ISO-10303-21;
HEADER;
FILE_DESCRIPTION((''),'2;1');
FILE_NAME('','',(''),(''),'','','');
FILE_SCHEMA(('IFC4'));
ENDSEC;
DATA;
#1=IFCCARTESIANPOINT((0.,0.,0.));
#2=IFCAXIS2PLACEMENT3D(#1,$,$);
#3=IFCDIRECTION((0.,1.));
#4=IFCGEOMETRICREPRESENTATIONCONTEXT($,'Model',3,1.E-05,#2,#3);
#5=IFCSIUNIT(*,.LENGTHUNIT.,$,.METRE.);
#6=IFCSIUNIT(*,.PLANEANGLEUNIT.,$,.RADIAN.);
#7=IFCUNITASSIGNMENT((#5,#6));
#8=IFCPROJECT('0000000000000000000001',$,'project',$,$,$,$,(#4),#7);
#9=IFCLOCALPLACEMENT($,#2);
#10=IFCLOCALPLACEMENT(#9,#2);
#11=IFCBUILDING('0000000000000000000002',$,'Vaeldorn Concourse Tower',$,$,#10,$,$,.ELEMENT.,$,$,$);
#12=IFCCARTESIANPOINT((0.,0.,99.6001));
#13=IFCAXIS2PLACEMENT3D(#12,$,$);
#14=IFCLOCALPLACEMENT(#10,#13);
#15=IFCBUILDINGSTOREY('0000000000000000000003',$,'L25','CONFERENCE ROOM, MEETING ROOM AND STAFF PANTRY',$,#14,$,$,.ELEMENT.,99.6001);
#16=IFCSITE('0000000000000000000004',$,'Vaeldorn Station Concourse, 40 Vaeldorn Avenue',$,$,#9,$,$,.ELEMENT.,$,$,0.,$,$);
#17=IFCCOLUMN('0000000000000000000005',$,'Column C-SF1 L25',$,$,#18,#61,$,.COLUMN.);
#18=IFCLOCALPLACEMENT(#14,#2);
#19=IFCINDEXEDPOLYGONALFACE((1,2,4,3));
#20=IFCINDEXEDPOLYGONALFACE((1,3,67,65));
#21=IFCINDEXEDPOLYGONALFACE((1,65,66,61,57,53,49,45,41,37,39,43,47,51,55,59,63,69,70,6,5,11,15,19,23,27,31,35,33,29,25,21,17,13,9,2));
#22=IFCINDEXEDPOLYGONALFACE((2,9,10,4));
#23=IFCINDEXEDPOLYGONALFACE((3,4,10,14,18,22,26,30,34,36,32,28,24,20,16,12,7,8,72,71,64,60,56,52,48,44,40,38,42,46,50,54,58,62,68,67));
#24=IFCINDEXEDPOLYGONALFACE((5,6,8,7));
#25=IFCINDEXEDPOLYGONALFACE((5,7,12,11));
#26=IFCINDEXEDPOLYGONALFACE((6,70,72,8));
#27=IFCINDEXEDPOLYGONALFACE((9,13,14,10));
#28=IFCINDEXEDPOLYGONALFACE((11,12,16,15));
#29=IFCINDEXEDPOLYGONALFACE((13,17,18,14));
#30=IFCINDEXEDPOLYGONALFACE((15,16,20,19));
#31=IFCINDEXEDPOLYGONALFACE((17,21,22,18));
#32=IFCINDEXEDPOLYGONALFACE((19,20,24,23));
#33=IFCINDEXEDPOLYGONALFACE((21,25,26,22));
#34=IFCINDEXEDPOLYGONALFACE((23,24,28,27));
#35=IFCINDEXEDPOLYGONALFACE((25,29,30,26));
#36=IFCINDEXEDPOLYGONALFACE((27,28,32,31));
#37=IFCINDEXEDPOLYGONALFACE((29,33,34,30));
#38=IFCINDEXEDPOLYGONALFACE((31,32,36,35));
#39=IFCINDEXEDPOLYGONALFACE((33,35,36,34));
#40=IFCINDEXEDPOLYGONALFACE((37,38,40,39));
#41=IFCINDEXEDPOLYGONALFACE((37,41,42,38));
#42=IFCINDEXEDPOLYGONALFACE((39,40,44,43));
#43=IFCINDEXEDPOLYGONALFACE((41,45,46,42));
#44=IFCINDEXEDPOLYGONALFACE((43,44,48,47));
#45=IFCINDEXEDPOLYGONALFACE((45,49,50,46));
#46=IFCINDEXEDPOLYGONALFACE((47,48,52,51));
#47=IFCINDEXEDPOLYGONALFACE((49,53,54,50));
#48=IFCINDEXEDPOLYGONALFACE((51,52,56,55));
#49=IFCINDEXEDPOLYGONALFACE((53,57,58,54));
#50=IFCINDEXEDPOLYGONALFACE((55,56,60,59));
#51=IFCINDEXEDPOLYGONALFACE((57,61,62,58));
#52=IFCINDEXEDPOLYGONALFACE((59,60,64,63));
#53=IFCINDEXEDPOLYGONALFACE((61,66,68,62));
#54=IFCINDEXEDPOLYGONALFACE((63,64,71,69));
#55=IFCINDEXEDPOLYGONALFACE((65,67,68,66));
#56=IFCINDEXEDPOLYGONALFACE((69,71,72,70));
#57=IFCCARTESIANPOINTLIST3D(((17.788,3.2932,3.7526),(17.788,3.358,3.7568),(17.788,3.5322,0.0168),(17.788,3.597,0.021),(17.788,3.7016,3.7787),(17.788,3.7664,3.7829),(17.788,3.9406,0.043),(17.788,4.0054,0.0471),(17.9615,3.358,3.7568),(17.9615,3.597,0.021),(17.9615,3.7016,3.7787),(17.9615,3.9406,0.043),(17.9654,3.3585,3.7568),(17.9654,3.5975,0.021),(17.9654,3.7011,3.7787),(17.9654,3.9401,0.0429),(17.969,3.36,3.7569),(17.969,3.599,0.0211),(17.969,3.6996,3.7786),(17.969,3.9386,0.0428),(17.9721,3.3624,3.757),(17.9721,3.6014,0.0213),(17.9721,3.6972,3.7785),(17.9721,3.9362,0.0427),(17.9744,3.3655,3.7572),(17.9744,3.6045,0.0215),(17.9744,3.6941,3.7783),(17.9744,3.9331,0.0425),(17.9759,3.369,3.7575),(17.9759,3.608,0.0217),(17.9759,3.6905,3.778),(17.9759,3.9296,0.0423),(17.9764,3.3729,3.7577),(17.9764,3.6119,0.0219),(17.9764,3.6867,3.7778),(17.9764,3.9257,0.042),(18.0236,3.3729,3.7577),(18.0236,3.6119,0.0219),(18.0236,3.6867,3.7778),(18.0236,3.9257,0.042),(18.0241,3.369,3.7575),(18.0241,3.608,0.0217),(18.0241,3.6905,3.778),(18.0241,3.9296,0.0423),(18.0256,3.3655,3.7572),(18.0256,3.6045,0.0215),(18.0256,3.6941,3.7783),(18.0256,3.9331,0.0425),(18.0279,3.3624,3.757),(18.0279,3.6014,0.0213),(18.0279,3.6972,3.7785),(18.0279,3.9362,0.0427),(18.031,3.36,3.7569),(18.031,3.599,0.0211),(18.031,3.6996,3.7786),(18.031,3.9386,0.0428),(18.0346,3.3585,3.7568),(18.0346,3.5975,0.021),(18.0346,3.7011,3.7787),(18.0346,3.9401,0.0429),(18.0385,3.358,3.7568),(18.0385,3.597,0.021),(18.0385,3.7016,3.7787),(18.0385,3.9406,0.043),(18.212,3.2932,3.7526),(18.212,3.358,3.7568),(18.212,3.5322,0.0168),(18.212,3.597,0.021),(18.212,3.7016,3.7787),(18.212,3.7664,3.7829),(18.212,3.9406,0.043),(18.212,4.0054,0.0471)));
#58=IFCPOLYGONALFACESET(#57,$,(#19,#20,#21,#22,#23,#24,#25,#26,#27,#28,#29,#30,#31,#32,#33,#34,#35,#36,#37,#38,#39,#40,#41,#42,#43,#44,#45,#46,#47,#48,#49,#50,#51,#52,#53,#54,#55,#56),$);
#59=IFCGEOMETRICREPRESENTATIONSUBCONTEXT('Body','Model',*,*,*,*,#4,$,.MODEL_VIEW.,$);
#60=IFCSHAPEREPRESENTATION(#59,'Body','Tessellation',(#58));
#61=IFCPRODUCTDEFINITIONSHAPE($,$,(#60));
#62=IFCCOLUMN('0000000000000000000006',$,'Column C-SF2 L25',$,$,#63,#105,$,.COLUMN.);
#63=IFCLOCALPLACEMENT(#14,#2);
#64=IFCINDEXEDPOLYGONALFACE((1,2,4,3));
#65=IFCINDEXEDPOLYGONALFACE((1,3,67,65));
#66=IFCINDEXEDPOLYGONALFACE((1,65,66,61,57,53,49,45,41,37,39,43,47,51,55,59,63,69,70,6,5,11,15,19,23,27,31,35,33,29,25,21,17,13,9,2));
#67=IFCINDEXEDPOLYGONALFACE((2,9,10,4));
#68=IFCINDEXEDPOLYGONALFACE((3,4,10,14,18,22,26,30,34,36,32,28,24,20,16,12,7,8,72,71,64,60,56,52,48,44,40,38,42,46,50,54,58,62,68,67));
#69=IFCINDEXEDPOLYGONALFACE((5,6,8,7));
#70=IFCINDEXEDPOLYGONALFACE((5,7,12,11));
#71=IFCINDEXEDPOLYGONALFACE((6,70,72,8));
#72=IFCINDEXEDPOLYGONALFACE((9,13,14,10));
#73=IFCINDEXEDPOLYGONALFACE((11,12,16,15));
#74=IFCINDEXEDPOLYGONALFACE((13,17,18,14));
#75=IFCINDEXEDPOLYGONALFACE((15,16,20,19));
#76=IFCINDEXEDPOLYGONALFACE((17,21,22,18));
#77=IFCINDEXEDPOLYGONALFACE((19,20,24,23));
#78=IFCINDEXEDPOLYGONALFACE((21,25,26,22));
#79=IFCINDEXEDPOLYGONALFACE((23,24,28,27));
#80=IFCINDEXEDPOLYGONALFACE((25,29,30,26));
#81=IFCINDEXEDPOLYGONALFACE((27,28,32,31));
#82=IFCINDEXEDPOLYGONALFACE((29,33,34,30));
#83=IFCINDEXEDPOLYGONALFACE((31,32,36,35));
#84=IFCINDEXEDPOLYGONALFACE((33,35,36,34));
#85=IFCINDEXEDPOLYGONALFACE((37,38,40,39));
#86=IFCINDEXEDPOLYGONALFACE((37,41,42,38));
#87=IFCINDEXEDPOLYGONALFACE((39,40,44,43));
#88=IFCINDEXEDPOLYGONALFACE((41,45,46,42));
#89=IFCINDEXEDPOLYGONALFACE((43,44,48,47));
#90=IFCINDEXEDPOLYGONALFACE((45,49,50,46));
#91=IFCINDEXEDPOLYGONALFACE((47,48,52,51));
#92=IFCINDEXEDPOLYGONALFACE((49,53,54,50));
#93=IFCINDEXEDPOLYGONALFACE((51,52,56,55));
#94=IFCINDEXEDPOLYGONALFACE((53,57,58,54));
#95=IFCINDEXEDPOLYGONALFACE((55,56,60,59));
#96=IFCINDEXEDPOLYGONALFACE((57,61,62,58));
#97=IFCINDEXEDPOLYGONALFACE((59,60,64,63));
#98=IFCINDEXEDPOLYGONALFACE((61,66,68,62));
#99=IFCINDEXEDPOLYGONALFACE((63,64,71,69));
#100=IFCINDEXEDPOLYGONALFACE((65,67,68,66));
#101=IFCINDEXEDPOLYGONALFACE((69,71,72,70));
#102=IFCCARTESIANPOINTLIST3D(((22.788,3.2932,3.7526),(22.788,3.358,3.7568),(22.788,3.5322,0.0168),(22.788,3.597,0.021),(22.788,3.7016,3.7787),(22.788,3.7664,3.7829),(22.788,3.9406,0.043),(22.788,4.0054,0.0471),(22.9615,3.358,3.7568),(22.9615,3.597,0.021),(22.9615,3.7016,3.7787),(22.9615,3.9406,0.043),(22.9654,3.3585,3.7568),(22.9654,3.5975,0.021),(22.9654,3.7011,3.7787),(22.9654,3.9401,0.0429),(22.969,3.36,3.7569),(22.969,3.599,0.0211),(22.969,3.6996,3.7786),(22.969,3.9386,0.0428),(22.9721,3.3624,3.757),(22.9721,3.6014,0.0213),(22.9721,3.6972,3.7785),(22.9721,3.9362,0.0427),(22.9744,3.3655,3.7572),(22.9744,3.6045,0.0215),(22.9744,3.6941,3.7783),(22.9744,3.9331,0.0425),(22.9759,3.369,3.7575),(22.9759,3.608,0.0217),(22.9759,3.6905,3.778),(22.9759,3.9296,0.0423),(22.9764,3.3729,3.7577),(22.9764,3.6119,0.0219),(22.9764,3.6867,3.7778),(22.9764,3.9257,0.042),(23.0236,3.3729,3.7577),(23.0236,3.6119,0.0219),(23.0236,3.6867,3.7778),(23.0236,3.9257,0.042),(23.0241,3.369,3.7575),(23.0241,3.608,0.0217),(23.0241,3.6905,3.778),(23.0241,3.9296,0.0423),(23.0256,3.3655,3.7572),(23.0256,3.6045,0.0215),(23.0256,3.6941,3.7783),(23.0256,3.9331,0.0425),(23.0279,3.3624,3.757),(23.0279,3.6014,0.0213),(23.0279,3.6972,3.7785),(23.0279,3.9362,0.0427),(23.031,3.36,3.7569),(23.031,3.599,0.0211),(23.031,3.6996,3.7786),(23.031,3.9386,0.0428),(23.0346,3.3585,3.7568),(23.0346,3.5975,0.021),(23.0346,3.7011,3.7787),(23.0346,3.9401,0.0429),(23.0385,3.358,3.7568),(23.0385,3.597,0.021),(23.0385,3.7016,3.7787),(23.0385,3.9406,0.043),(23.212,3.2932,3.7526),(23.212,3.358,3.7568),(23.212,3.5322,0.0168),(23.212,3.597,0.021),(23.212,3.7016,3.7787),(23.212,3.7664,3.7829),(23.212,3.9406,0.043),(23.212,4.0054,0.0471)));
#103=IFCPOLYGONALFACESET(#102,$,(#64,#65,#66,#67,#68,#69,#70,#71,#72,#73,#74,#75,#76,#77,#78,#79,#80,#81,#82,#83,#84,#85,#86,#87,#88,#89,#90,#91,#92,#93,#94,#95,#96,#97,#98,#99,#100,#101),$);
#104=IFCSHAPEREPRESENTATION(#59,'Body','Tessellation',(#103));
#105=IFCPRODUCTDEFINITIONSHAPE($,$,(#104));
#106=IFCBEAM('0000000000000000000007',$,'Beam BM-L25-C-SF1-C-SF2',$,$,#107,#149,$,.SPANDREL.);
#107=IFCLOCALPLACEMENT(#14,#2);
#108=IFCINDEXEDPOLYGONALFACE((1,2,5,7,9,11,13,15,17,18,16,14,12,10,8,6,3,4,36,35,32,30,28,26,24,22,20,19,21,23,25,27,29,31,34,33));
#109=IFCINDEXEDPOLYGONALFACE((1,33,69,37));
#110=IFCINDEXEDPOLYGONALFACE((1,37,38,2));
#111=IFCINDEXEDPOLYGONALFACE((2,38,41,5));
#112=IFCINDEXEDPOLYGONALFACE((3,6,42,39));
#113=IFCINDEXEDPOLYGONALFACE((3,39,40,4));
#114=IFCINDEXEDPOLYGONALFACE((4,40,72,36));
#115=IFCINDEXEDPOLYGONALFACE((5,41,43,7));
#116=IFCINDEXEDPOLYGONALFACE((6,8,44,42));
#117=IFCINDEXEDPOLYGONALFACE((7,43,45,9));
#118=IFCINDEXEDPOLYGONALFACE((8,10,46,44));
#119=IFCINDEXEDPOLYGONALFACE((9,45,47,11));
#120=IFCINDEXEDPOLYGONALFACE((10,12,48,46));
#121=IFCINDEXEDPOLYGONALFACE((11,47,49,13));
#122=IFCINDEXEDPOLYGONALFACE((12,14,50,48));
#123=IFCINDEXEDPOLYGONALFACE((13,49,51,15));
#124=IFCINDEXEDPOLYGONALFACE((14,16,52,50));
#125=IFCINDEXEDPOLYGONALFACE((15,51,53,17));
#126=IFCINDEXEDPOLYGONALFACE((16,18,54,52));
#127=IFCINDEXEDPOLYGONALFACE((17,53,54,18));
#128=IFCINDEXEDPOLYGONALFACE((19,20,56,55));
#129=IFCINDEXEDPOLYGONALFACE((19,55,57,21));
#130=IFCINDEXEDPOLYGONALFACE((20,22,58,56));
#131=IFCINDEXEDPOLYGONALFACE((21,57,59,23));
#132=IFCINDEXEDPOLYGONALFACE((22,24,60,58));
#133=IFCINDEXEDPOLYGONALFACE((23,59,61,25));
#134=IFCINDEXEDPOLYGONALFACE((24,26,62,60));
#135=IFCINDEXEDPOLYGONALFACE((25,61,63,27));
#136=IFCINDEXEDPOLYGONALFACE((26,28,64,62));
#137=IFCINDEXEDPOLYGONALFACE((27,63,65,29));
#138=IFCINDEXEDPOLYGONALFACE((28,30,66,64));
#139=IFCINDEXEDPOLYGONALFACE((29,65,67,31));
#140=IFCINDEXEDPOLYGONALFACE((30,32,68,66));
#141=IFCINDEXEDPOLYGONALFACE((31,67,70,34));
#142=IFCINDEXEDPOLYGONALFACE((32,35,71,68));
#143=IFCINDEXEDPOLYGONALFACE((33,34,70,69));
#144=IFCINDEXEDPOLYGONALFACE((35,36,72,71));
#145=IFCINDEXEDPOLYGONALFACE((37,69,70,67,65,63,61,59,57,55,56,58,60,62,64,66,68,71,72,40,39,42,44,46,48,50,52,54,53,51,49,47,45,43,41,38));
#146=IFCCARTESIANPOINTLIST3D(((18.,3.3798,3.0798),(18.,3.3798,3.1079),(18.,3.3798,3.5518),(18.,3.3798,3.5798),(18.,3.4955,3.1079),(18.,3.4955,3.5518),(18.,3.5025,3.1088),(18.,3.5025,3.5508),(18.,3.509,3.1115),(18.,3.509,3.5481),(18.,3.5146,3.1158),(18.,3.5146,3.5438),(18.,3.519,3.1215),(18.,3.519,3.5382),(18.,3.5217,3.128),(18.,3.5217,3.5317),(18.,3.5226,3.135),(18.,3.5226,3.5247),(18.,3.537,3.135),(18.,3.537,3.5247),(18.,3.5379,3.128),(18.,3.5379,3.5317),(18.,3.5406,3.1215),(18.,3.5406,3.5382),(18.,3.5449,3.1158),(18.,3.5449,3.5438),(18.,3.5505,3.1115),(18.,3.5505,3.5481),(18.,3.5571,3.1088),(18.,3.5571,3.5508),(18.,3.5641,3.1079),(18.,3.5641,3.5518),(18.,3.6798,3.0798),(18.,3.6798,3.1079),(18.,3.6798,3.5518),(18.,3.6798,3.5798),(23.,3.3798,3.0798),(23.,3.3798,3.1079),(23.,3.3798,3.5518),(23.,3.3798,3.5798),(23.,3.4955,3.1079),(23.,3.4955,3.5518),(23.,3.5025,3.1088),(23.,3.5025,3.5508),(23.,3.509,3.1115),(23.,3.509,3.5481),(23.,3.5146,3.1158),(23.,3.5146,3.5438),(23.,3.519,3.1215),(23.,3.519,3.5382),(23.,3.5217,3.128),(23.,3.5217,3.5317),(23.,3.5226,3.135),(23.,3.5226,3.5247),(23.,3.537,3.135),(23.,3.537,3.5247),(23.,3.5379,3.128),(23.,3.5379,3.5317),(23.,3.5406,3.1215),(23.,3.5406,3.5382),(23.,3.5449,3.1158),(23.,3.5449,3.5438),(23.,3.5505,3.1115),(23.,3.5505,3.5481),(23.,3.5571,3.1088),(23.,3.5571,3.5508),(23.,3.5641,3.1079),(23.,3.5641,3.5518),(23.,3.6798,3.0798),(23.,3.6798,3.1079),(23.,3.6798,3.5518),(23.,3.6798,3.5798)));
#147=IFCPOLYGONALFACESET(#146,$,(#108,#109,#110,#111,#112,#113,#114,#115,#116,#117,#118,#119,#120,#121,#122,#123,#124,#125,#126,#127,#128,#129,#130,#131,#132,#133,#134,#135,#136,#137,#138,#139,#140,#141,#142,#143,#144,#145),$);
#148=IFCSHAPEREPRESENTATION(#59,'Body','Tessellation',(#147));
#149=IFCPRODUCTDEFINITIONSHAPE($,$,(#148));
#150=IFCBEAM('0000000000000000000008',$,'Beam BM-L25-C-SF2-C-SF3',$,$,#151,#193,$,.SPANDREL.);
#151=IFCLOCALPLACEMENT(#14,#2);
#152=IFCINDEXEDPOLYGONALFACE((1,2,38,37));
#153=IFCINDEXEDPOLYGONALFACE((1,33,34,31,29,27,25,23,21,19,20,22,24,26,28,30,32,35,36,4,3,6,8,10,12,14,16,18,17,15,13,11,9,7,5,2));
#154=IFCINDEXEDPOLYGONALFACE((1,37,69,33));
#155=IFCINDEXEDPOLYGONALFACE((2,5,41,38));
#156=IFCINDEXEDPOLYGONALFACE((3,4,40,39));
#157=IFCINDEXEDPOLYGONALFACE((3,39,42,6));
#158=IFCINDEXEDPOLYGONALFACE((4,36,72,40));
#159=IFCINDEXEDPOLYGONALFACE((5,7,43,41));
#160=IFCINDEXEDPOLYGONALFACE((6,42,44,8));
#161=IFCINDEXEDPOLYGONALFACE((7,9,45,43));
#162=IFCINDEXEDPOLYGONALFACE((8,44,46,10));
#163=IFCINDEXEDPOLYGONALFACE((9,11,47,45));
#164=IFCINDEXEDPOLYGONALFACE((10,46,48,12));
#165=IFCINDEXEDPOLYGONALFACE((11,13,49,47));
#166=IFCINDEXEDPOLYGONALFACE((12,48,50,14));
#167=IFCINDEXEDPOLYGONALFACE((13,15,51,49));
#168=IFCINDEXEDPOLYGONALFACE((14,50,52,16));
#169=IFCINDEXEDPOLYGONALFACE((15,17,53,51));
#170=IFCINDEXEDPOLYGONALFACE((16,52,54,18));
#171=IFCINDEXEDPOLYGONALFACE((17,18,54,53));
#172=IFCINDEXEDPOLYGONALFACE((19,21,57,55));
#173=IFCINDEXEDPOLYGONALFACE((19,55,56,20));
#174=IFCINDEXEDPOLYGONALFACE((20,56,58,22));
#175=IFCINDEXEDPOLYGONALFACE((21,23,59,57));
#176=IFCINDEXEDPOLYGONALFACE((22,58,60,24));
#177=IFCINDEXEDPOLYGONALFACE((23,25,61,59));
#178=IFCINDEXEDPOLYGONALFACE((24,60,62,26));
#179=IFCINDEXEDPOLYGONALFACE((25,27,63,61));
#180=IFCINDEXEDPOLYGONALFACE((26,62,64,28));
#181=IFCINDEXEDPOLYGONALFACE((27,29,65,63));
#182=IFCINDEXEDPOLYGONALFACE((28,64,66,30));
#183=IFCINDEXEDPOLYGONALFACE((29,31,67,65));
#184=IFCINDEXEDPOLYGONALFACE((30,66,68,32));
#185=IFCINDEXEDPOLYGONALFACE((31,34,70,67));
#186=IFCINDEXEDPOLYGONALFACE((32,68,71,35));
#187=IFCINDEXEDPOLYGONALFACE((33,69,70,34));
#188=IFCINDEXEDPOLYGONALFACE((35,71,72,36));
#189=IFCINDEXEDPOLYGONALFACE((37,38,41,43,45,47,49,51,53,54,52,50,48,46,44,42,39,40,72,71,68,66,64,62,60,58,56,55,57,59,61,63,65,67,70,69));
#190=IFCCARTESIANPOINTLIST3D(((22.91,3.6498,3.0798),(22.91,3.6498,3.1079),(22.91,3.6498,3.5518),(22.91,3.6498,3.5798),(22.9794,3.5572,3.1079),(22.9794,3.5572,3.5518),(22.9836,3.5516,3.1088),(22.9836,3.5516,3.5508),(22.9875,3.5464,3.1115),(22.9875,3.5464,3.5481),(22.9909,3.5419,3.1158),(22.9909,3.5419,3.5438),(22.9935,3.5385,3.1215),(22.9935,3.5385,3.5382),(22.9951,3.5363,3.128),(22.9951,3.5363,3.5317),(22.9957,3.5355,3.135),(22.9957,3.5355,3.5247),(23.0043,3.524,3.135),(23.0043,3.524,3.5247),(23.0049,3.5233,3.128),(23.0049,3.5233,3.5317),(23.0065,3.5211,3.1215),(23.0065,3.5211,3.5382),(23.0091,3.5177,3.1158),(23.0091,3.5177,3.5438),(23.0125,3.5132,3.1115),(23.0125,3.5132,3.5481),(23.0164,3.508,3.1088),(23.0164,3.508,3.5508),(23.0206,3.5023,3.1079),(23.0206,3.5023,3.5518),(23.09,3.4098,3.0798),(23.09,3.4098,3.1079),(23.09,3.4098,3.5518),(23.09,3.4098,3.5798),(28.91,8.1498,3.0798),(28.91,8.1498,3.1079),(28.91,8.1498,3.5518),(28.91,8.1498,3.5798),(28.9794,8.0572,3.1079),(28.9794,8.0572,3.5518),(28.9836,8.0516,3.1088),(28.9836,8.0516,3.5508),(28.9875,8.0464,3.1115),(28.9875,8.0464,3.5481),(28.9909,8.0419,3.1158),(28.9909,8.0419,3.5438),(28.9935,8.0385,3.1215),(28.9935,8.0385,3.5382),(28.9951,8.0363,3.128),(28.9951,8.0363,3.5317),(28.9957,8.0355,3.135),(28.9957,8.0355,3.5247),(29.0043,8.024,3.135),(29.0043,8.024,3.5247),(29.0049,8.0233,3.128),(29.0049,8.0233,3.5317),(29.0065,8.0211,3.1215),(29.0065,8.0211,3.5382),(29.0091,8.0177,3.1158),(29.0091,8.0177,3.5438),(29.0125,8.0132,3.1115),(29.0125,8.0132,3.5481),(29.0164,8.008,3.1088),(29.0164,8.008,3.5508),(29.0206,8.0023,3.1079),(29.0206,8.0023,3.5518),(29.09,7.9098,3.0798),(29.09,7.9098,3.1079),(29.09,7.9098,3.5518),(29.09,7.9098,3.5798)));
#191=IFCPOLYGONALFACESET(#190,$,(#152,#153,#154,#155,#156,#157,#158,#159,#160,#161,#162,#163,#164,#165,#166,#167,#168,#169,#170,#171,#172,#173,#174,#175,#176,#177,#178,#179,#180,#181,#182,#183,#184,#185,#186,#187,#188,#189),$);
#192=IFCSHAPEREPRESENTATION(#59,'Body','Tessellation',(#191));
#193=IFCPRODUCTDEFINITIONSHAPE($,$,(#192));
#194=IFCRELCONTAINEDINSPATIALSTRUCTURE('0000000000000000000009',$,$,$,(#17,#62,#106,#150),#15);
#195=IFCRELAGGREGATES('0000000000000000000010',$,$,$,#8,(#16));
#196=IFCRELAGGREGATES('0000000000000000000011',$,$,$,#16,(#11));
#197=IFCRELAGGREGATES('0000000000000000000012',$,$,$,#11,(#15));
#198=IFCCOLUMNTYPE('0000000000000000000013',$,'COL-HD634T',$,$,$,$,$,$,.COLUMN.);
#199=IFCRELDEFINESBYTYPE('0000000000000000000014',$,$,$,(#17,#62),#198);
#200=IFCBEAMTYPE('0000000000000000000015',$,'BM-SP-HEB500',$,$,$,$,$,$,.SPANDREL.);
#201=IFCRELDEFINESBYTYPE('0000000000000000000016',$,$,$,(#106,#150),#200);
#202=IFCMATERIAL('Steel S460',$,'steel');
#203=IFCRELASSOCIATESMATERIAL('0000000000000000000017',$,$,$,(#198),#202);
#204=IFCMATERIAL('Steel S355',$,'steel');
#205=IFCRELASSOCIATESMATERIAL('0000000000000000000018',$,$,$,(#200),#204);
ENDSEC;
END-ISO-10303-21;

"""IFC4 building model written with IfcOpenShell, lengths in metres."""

from ifc_helpers import new_model, si_unit, direction, frame, origin, origin_2d, place, context, subcontext, project, spatial, i_section, extrude, source, transform, mapped, material, material_profile, profile_set, type_object, element, save


model = new_model("IFC4")

# Units and contexts
model_context = context("Model", 3, precision=1e-05, world=origin(), true_north=direction((0.0, 1.0)))
body_context = subcontext(model_context, "Body", "Model", "MODEL_VIEW")
ifc_project = project(units=[si_unit("LENGTHUNIT", "METRE"), si_unit("PLANEANGLEUNIT", "RADIAN")], contexts=[model_context])

# Site, building, storey
site_placement = place(None, origin())
site = spatial("IfcSite", under=ifc_project, at=site_placement, Name="Vaeldorn Station Concourse, 40 Vaeldorn Avenue", CompositionType="ELEMENT", RefElevation=0.0)
building_placement = place(site_placement, origin())
building = spatial("IfcBuilding", under=site, at=building_placement, Name="Vaeldorn Concourse Tower", CompositionType="ELEMENT")
storey_placement = place(building_placement, frame((0.0, 0.0, 99.6001)))
storey = spatial("IfcBuildingStorey", under=building, at=storey_placement, Name="L25", Description="CONFERENCE ROOM, MEETING ROOM AND STAFF PANTRY", CompositionType="ELEMENT", Elevation=99.6001)

# Columns
ifc_material_1 = material(Name="Steel S460", Category="steel")
ifc_material_profile_1 = material_profile(ifc_material_1, i_section(OverallWidth=0.4241, OverallDepth=0.4741, WebThickness=0.0471, FlangeThickness=0.0649, FilletRadius=0.0149, at=origin_2d()), Name="HD 400x634")
ifc_profile_set_1 = profile_set([ifc_material_profile_1], Name="Steel S460")
column_type = type_object("IfcColumnType", Name="COL-HD634T", PredefinedType="COLUMN", material=ifc_profile_set_1)
shared_shape_1 = source(origin(), body_context, "Body", "SweptSolid", [
    extrude(i_section(OverallWidth=0.4241, OverallDepth=0.4741, WebThickness=0.0471, FlangeThickness=0.0649, FilletRadius=0.0149, at=origin_2d()), origin(), (0.0, 0.0, 1.0), 3.7434),
])
for number, where, z_axis, x_axis, name in (
    (1, (18.0, 3.7688, 0.032), (0.0, -0.063848, 0.99796), (1.0, 0.0, 0.0), "Column C-SF1 L25"),
    (2, (23.0, 3.7688, 0.032), (0.0, -0.063848, 0.99796), (1.0, 0.0, 0.0), "Column C-SF2 L25"),
):
    element("IfcColumn", number, at=place(storey_placement, frame(where, z_axis=z_axis, x_axis=x_axis)), inside=storey, type_object=column_type, Name=name, PredefinedType="COLUMN", context=body_context, shape_type="MappedRepresentation", body=[
        mapped(shared_shape_1, transform((0.0, 0.0, 0.0), scale=1.0)),
    ])

# Beams
ifc_material_2 = material(Name="Steel S355", Category="steel")
ifc_material_profile_2 = material_profile(ifc_material_2, i_section(OverallWidth=0.3, OverallDepth=0.5, WebThickness=0.0144, FlangeThickness=0.0281, FilletRadius=0.0271, at=origin_2d()), Name="HEB 500")
ifc_profile_set_2 = profile_set([ifc_material_profile_2], Name="Steel S355")
beam_type_1 = type_object("IfcBeamType", Name="BM-SP-HEB500", PredefinedType="SPANDREL", material=ifc_profile_set_2)
shared_shape_2 = source(origin(), body_context, "Body", "SweptSolid", [
    extrude(i_section(OverallWidth=0.3, OverallDepth=0.5, WebThickness=0.0144, FlangeThickness=0.0281, FilletRadius=0.0271, at=origin_2d()), origin(), (0.0, 0.0, 1.0), 5.0),
])
beam_1_placement = place(storey_placement, frame((18.0, 3.5298, 3.3298), z_axis=(1.0, 0.0, 0.0), x_axis=(0.0, 1.0, 0.0)))
element("IfcBeam", 3, at=beam_1_placement, inside=storey, type_object=beam_type_1, Name="Beam BM-L25-C-SF1-C-SF2", PredefinedType="SPANDREL", context=body_context, shape_type="MappedRepresentation", body=[
    mapped(shared_shape_2, transform((0.0, 0.0, 0.0), scale=1.0)),
])
shared_shape_3 = source(origin(), body_context, "Body", "SweptSolid", [
    extrude(i_section(OverallWidth=0.3, OverallDepth=0.5, WebThickness=0.0144, FlangeThickness=0.0281, FilletRadius=0.0271, at=origin_2d()), origin(), (0.0, 0.0, 1.0), 7.5),
])
beam_2_placement = place(storey_placement, frame((23.0, 3.5298, 3.3298), z_axis=(0.8, 0.6, 0.0), x_axis=(-0.6, 0.8, 0.0)))
element("IfcBeam", 4, at=beam_2_placement, inside=storey, type_object=beam_type_1, Name="Beam BM-L25-C-SF2-C-SF3", PredefinedType="SPANDREL", context=body_context, shape_type="MappedRepresentation", body=[
    mapped(shared_shape_3, transform((0.0, 0.0, 0.0), scale=1.0)),
])

save(model, "model.ifc")
